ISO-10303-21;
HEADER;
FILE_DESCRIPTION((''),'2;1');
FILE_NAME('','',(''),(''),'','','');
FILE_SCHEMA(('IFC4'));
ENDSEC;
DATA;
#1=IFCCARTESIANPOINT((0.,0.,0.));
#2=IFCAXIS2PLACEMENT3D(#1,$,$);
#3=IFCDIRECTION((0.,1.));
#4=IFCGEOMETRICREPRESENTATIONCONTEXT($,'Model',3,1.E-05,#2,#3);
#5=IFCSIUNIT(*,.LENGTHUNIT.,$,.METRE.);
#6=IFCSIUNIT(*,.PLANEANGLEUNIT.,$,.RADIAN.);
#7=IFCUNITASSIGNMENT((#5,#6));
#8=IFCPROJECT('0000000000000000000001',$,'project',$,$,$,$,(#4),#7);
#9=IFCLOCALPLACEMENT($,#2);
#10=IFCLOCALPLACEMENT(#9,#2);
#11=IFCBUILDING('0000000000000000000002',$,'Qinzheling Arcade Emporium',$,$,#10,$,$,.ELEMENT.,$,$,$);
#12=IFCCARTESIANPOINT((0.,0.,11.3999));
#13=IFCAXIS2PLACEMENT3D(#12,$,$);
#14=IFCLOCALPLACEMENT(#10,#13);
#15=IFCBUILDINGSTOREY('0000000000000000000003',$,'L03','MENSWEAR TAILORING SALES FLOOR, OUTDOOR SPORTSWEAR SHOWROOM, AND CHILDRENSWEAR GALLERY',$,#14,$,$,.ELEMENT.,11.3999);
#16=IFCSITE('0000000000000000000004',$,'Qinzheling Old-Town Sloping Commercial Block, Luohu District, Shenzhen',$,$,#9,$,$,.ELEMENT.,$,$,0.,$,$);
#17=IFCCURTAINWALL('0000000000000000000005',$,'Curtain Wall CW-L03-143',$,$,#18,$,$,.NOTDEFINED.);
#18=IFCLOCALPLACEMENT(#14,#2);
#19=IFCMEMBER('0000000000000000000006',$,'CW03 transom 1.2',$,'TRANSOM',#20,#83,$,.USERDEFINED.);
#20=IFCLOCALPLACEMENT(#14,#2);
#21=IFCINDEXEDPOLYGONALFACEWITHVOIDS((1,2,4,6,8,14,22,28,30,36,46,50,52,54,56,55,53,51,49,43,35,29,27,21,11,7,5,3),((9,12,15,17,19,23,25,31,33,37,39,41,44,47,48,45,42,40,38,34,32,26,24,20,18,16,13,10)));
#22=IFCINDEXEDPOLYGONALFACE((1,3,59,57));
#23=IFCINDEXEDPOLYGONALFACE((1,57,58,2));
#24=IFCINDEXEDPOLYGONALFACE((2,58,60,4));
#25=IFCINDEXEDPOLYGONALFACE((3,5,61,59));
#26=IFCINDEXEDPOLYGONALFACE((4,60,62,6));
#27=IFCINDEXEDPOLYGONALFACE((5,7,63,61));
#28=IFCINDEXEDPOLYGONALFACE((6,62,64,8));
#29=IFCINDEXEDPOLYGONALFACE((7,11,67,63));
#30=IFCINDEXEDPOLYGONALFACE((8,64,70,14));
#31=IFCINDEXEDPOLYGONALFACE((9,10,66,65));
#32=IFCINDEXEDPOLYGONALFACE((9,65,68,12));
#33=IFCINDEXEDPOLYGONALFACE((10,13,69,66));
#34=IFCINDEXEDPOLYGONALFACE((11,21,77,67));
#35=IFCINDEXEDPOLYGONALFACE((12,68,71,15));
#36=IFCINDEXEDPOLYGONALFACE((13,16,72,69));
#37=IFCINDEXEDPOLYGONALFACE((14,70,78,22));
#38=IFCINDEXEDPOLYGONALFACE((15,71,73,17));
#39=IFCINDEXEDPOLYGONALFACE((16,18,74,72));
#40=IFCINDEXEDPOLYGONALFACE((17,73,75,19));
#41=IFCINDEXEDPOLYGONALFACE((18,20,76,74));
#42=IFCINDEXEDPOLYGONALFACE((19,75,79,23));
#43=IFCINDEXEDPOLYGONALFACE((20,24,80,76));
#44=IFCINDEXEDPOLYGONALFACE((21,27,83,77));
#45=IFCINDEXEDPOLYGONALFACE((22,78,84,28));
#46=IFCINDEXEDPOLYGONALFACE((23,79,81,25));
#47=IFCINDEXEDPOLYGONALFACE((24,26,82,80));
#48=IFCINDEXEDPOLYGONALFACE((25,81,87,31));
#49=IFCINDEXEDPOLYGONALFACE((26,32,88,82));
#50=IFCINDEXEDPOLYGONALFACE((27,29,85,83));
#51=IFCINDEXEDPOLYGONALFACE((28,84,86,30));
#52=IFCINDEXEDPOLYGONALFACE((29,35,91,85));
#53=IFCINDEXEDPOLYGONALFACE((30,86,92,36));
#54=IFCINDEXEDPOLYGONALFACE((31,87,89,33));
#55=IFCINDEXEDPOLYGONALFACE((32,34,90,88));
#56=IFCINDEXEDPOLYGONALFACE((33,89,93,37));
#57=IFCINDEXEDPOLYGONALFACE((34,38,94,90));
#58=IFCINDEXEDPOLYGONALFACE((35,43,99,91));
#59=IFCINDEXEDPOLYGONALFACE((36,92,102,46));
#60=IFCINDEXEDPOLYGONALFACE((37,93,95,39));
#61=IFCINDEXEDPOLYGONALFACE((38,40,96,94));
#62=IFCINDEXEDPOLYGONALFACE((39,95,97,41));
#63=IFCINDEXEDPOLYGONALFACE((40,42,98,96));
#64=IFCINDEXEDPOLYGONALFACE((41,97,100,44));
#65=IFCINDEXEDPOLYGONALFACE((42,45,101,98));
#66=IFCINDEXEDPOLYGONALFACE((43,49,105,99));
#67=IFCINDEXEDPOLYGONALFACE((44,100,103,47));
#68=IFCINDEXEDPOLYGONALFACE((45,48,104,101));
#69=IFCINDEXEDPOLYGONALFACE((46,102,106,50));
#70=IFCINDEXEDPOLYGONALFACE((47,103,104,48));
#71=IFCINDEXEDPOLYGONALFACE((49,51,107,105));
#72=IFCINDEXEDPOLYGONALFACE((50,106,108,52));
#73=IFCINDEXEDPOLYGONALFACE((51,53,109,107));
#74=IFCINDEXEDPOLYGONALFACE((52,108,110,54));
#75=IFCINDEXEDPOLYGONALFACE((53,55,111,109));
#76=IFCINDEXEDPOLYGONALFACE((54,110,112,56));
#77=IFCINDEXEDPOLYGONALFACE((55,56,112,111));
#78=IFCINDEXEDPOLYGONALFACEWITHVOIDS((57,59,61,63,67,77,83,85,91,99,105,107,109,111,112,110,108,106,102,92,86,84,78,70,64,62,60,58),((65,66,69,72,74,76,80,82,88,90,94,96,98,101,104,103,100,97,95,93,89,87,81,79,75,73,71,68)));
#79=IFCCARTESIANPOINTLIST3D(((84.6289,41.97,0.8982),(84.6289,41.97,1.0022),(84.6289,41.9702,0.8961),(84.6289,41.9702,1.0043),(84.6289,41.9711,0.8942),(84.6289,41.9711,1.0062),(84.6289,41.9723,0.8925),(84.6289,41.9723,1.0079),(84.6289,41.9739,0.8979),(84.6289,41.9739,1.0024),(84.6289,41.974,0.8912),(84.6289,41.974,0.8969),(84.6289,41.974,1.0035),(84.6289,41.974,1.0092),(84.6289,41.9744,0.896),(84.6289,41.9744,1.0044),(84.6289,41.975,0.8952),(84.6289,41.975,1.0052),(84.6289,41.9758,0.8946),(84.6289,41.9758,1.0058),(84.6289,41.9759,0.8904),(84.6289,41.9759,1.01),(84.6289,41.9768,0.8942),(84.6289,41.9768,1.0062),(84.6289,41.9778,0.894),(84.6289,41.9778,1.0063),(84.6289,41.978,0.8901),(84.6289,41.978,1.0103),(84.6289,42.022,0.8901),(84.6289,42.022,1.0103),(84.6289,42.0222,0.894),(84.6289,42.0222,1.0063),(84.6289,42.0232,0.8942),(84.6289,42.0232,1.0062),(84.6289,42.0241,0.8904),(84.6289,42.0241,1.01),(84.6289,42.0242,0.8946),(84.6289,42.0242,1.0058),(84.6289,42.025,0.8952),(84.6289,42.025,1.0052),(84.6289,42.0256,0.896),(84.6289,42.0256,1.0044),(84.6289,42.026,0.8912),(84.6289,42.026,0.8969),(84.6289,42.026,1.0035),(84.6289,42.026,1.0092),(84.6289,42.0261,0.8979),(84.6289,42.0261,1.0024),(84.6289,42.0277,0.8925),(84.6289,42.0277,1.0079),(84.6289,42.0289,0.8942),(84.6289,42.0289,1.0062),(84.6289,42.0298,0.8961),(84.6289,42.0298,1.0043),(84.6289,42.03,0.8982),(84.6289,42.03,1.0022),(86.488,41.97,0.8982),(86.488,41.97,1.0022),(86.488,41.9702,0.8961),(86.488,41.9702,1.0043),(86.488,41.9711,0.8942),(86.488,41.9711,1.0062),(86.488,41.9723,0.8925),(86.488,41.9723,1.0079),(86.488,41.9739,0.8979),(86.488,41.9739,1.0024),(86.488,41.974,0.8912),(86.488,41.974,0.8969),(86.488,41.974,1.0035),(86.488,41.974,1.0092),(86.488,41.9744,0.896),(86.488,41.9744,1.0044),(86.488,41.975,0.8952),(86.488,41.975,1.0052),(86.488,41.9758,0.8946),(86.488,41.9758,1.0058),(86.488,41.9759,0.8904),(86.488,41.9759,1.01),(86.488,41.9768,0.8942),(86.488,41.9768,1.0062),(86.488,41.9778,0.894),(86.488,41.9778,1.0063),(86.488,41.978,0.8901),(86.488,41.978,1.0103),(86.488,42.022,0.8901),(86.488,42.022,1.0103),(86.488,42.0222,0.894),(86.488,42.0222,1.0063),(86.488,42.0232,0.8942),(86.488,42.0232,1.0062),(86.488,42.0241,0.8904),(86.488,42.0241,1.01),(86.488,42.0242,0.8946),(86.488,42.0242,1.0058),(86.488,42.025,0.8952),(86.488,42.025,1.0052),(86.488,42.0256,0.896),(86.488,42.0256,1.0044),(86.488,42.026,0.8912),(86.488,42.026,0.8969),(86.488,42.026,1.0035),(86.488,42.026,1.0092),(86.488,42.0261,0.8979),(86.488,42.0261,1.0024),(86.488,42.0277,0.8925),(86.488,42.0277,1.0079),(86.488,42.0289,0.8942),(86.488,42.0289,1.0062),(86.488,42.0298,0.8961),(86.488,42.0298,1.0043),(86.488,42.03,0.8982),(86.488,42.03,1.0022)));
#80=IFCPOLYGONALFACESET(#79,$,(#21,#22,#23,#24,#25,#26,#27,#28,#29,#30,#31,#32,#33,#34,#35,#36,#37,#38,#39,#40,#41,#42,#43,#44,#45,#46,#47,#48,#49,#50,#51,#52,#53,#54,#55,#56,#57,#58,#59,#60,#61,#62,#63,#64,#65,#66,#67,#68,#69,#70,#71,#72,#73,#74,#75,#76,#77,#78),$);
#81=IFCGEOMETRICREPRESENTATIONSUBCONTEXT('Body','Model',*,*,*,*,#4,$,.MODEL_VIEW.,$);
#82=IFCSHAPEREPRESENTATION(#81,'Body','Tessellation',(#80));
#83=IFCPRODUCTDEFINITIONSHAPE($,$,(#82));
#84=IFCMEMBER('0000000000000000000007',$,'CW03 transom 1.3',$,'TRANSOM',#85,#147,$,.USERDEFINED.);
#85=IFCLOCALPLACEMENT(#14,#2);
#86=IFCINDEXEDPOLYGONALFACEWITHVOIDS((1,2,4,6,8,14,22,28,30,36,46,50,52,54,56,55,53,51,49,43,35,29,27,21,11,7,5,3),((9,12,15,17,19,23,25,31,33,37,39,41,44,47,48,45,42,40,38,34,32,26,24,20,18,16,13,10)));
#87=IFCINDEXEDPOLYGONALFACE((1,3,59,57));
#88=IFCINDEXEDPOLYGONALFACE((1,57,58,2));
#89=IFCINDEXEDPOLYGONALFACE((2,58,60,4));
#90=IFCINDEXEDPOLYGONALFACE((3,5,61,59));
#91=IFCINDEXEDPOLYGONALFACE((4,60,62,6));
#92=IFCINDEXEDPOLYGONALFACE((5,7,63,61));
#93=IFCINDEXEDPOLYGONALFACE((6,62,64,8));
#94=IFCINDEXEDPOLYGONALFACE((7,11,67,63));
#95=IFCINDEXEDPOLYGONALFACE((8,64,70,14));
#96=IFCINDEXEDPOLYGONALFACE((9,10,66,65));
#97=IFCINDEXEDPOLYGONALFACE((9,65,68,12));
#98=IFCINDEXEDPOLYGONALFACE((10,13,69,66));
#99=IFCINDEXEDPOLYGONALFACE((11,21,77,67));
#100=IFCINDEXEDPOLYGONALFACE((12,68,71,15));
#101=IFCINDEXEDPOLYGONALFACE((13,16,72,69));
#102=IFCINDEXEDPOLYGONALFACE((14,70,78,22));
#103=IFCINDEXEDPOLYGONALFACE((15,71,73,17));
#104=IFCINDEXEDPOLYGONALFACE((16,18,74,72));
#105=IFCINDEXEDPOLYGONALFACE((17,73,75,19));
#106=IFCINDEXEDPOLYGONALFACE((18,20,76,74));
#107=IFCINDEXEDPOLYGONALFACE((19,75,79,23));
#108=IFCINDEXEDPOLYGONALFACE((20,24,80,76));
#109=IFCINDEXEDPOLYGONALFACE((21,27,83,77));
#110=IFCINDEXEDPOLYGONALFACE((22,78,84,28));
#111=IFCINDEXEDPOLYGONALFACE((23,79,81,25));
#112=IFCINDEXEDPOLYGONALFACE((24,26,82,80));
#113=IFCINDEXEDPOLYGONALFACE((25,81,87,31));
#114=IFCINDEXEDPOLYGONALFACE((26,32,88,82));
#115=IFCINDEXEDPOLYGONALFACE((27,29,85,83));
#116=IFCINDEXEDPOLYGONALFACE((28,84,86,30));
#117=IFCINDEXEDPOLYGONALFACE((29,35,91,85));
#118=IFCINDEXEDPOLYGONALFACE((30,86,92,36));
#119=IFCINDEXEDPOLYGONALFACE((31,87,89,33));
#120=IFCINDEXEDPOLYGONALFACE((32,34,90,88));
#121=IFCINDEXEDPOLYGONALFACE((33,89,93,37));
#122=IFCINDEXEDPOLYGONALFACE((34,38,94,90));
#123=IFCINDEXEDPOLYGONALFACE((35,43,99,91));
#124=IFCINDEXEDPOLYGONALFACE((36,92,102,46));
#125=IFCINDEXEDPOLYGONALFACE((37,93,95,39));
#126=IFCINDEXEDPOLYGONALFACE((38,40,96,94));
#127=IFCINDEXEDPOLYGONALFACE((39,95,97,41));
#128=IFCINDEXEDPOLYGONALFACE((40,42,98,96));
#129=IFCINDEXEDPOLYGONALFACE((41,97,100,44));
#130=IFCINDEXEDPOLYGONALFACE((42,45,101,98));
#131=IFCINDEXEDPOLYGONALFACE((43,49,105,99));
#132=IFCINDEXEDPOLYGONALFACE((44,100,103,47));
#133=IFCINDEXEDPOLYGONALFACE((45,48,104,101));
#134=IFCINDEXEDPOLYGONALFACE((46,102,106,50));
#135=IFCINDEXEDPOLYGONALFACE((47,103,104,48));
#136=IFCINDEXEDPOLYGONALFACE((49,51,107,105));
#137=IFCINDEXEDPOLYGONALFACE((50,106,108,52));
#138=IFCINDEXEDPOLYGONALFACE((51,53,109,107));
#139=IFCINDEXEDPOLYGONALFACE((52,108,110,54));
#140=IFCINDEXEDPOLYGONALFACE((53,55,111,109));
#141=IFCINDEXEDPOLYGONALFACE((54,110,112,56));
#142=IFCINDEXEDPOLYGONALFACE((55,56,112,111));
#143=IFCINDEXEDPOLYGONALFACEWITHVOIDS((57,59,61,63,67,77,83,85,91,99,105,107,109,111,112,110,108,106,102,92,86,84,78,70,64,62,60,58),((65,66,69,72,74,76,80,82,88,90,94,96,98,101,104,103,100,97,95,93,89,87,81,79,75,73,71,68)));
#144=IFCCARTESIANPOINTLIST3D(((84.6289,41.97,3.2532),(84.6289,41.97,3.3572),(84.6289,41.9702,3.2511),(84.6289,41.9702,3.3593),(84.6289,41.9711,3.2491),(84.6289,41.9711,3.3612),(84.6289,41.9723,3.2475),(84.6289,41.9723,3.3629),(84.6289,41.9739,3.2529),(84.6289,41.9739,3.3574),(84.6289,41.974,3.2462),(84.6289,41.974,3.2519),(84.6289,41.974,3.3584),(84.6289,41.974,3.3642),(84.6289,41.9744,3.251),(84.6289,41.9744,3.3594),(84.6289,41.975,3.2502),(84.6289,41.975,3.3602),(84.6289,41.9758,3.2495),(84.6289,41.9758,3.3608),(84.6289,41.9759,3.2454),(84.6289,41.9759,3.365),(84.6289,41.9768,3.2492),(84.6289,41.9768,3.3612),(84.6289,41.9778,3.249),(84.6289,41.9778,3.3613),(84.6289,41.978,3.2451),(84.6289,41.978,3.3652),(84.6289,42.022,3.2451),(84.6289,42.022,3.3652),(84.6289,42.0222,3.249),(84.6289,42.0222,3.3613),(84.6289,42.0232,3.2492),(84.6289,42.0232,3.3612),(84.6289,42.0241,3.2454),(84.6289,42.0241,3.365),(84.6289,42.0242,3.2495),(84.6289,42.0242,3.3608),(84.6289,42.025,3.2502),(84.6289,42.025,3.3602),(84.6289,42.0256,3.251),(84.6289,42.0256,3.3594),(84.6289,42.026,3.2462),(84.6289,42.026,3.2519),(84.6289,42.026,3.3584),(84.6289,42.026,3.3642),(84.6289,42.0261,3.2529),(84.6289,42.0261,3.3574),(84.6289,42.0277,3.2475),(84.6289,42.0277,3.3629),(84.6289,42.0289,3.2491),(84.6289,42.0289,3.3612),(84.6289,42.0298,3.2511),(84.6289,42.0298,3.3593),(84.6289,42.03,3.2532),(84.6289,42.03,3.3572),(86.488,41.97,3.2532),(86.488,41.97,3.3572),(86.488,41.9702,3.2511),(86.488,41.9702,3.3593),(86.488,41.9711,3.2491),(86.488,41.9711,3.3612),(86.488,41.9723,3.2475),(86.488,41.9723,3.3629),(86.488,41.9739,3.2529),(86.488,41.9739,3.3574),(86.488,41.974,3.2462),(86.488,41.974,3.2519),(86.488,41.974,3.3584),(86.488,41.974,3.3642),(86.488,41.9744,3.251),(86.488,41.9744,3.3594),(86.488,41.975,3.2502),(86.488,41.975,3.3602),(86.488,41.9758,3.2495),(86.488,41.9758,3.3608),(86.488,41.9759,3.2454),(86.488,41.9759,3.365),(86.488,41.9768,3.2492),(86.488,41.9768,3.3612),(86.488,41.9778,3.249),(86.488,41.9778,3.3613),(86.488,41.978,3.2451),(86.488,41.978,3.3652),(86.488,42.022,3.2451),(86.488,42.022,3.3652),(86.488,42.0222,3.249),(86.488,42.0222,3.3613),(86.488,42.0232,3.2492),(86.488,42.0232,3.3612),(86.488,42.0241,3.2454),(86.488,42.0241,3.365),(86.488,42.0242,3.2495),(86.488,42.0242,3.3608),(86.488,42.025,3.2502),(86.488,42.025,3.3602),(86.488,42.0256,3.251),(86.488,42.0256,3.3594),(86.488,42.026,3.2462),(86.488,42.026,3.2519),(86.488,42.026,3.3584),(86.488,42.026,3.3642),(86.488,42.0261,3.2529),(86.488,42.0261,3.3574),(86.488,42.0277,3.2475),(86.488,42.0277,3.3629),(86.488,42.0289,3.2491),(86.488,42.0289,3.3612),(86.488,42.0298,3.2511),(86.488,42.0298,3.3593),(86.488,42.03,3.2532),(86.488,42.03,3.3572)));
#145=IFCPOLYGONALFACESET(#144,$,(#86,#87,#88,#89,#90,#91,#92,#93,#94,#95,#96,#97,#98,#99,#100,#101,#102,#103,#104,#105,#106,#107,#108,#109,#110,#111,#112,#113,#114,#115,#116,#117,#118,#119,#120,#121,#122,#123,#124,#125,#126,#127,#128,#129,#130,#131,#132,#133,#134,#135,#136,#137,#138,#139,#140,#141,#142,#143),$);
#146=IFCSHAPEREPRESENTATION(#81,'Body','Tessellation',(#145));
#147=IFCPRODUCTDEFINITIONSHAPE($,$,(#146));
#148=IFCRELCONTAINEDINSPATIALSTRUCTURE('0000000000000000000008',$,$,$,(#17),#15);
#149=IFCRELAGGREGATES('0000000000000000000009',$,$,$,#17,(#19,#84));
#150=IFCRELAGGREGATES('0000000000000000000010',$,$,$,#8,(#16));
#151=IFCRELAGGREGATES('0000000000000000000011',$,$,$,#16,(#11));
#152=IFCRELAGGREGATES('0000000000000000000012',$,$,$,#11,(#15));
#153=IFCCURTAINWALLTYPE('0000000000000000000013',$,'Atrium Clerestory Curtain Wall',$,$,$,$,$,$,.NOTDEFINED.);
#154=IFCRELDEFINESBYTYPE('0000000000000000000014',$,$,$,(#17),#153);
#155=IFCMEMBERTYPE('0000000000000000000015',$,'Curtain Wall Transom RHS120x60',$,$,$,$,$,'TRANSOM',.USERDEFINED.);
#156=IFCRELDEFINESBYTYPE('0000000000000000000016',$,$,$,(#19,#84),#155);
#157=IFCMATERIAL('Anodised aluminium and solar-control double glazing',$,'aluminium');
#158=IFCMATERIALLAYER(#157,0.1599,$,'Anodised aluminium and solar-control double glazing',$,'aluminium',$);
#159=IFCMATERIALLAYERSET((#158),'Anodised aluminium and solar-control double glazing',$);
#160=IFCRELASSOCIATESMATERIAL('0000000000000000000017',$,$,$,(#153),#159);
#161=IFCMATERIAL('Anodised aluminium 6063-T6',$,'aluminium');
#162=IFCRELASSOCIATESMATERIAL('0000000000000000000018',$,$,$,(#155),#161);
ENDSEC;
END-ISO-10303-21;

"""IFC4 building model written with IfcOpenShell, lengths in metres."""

from ifc_helpers import new_model, si_unit, direction, frame, origin, origin_2d, place, context, subcontext, project, spatial, hollow_rectangle, extrude, material, layer, layer_set, material_profile, profile_set, type_object, element, aggregate, save


model = new_model("IFC4")

# Units and contexts
model_context = context("Model", 3, precision=1e-05, world=origin(), true_north=direction((0.0, 1.0)))
body_context = subcontext(model_context, "Body", "Model", "MODEL_VIEW")
ifc_project = project(units=[si_unit("LENGTHUNIT", "METRE"), si_unit("PLANEANGLEUNIT", "RADIAN")], contexts=[model_context])

# Site, building, storey
site_placement = place(None, origin())
site = spatial("IfcSite", under=ifc_project, at=site_placement, Name="Qinzheling Old-Town Sloping Commercial Block, Luohu District, Shenzhen", CompositionType="ELEMENT", RefElevation=0.0)
building_placement = place(site_placement, origin())
building = spatial("IfcBuilding", under=site, at=building_placement, Name="Qinzheling Arcade Emporium", CompositionType="ELEMENT")
storey_placement = place(building_placement, frame((0.0, 0.0, 11.3999)))
storey = spatial("IfcBuildingStorey", under=building, at=storey_placement, Name="L03", Description="MENSWEAR TAILORING SALES FLOOR, OUTDOOR SPORTSWEAR SHOWROOM, AND CHILDRENSWEAR GALLERY", CompositionType="ELEMENT", Elevation=11.3999)

# Curtain wall, members
ifc_material_1 = material(Name="Anodised aluminium and solar-control double glazing", Category="aluminium")
ifc_layer_1 = layer(ifc_material_1, 0.1599, Name="Anodised aluminium and solar-control double glazing", Category="aluminium")
ifc_layer_set_1 = layer_set([ifc_layer_1], Name="Anodised aluminium and solar-control double glazing")
curtain_wall_type = type_object("IfcCurtainWallType", Name="Atrium Clerestory Curtain Wall", PredefinedType="NOTDEFINED", material=ifc_layer_set_1)
curtain_wall_placement = place(storey_placement, origin())
curtain_wall = element("IfcCurtainWall", 1, at=curtain_wall_placement, inside=storey, type_object=curtain_wall_type, Name="Curtain Wall CW-L03-143", PredefinedType="NOTDEFINED")
ifc_material_2 = material(Name="Anodised aluminium 6063-T6", Category="aluminium")
ifc_material_profile_1 = material_profile(ifc_material_2, hollow_rectangle(XDim=0.0601, YDim=0.1201, WallThickness=0.0039, InnerFilletRadius=0.0039, OuterFilletRadius=0.0081, at=origin_2d()), Name="RHS 120x60x4", Category="aluminium")
ifc_profile_set_1 = profile_set([ifc_material_profile_1], Name="Anodised aluminium 6063-T6")
member_type_1 = type_object("IfcMemberType", Name="Curtain Wall Transom RHS120x60", ElementType="TRANSOM", PredefinedType="USERDEFINED", material=ifc_profile_set_1)
member_1_placement = place(storey_placement, frame((86.488, 42.0, 0.9502), z_axis=(-1.0, 0.0, 0.0), x_axis=(0.0, -1.0, 0.0)))
member_1 = element("IfcMember", 2, at=member_1_placement, type_object=member_type_1, Name="CW03 transom 1.2", ObjectType="TRANSOM", PredefinedType="USERDEFINED", context=body_context, shape_type="SweptSolid", body=[
    extrude(hollow_rectangle(XDim=0.0601, YDim=0.1201, WallThickness=0.0039, InnerFilletRadius=0.0039, OuterFilletRadius=0.0081, at=origin_2d()), origin(), (0.0, 0.0, 1.0), 1.8591),
])
member_2_placement = place(storey_placement, frame((86.488, 42.0, 3.3052), z_axis=(-1.0, 0.0, 0.0), x_axis=(0.0, -1.0, 0.0)))
member_2 = element("IfcMember", 3, at=member_2_placement, type_object=member_type_1, Name="CW03 transom 1.3", ObjectType="TRANSOM", PredefinedType="USERDEFINED", context=body_context, shape_type="SweptSolid", body=[
    extrude(hollow_rectangle(XDim=0.0601, YDim=0.1201, WallThickness=0.0039, InnerFilletRadius=0.0039, OuterFilletRadius=0.0081, at=origin_2d()), origin(), (0.0, 0.0, 1.0), 1.8591),
])

aggregate(curtain_wall, [member_1, member_2])

save(model, "model.ifc")
